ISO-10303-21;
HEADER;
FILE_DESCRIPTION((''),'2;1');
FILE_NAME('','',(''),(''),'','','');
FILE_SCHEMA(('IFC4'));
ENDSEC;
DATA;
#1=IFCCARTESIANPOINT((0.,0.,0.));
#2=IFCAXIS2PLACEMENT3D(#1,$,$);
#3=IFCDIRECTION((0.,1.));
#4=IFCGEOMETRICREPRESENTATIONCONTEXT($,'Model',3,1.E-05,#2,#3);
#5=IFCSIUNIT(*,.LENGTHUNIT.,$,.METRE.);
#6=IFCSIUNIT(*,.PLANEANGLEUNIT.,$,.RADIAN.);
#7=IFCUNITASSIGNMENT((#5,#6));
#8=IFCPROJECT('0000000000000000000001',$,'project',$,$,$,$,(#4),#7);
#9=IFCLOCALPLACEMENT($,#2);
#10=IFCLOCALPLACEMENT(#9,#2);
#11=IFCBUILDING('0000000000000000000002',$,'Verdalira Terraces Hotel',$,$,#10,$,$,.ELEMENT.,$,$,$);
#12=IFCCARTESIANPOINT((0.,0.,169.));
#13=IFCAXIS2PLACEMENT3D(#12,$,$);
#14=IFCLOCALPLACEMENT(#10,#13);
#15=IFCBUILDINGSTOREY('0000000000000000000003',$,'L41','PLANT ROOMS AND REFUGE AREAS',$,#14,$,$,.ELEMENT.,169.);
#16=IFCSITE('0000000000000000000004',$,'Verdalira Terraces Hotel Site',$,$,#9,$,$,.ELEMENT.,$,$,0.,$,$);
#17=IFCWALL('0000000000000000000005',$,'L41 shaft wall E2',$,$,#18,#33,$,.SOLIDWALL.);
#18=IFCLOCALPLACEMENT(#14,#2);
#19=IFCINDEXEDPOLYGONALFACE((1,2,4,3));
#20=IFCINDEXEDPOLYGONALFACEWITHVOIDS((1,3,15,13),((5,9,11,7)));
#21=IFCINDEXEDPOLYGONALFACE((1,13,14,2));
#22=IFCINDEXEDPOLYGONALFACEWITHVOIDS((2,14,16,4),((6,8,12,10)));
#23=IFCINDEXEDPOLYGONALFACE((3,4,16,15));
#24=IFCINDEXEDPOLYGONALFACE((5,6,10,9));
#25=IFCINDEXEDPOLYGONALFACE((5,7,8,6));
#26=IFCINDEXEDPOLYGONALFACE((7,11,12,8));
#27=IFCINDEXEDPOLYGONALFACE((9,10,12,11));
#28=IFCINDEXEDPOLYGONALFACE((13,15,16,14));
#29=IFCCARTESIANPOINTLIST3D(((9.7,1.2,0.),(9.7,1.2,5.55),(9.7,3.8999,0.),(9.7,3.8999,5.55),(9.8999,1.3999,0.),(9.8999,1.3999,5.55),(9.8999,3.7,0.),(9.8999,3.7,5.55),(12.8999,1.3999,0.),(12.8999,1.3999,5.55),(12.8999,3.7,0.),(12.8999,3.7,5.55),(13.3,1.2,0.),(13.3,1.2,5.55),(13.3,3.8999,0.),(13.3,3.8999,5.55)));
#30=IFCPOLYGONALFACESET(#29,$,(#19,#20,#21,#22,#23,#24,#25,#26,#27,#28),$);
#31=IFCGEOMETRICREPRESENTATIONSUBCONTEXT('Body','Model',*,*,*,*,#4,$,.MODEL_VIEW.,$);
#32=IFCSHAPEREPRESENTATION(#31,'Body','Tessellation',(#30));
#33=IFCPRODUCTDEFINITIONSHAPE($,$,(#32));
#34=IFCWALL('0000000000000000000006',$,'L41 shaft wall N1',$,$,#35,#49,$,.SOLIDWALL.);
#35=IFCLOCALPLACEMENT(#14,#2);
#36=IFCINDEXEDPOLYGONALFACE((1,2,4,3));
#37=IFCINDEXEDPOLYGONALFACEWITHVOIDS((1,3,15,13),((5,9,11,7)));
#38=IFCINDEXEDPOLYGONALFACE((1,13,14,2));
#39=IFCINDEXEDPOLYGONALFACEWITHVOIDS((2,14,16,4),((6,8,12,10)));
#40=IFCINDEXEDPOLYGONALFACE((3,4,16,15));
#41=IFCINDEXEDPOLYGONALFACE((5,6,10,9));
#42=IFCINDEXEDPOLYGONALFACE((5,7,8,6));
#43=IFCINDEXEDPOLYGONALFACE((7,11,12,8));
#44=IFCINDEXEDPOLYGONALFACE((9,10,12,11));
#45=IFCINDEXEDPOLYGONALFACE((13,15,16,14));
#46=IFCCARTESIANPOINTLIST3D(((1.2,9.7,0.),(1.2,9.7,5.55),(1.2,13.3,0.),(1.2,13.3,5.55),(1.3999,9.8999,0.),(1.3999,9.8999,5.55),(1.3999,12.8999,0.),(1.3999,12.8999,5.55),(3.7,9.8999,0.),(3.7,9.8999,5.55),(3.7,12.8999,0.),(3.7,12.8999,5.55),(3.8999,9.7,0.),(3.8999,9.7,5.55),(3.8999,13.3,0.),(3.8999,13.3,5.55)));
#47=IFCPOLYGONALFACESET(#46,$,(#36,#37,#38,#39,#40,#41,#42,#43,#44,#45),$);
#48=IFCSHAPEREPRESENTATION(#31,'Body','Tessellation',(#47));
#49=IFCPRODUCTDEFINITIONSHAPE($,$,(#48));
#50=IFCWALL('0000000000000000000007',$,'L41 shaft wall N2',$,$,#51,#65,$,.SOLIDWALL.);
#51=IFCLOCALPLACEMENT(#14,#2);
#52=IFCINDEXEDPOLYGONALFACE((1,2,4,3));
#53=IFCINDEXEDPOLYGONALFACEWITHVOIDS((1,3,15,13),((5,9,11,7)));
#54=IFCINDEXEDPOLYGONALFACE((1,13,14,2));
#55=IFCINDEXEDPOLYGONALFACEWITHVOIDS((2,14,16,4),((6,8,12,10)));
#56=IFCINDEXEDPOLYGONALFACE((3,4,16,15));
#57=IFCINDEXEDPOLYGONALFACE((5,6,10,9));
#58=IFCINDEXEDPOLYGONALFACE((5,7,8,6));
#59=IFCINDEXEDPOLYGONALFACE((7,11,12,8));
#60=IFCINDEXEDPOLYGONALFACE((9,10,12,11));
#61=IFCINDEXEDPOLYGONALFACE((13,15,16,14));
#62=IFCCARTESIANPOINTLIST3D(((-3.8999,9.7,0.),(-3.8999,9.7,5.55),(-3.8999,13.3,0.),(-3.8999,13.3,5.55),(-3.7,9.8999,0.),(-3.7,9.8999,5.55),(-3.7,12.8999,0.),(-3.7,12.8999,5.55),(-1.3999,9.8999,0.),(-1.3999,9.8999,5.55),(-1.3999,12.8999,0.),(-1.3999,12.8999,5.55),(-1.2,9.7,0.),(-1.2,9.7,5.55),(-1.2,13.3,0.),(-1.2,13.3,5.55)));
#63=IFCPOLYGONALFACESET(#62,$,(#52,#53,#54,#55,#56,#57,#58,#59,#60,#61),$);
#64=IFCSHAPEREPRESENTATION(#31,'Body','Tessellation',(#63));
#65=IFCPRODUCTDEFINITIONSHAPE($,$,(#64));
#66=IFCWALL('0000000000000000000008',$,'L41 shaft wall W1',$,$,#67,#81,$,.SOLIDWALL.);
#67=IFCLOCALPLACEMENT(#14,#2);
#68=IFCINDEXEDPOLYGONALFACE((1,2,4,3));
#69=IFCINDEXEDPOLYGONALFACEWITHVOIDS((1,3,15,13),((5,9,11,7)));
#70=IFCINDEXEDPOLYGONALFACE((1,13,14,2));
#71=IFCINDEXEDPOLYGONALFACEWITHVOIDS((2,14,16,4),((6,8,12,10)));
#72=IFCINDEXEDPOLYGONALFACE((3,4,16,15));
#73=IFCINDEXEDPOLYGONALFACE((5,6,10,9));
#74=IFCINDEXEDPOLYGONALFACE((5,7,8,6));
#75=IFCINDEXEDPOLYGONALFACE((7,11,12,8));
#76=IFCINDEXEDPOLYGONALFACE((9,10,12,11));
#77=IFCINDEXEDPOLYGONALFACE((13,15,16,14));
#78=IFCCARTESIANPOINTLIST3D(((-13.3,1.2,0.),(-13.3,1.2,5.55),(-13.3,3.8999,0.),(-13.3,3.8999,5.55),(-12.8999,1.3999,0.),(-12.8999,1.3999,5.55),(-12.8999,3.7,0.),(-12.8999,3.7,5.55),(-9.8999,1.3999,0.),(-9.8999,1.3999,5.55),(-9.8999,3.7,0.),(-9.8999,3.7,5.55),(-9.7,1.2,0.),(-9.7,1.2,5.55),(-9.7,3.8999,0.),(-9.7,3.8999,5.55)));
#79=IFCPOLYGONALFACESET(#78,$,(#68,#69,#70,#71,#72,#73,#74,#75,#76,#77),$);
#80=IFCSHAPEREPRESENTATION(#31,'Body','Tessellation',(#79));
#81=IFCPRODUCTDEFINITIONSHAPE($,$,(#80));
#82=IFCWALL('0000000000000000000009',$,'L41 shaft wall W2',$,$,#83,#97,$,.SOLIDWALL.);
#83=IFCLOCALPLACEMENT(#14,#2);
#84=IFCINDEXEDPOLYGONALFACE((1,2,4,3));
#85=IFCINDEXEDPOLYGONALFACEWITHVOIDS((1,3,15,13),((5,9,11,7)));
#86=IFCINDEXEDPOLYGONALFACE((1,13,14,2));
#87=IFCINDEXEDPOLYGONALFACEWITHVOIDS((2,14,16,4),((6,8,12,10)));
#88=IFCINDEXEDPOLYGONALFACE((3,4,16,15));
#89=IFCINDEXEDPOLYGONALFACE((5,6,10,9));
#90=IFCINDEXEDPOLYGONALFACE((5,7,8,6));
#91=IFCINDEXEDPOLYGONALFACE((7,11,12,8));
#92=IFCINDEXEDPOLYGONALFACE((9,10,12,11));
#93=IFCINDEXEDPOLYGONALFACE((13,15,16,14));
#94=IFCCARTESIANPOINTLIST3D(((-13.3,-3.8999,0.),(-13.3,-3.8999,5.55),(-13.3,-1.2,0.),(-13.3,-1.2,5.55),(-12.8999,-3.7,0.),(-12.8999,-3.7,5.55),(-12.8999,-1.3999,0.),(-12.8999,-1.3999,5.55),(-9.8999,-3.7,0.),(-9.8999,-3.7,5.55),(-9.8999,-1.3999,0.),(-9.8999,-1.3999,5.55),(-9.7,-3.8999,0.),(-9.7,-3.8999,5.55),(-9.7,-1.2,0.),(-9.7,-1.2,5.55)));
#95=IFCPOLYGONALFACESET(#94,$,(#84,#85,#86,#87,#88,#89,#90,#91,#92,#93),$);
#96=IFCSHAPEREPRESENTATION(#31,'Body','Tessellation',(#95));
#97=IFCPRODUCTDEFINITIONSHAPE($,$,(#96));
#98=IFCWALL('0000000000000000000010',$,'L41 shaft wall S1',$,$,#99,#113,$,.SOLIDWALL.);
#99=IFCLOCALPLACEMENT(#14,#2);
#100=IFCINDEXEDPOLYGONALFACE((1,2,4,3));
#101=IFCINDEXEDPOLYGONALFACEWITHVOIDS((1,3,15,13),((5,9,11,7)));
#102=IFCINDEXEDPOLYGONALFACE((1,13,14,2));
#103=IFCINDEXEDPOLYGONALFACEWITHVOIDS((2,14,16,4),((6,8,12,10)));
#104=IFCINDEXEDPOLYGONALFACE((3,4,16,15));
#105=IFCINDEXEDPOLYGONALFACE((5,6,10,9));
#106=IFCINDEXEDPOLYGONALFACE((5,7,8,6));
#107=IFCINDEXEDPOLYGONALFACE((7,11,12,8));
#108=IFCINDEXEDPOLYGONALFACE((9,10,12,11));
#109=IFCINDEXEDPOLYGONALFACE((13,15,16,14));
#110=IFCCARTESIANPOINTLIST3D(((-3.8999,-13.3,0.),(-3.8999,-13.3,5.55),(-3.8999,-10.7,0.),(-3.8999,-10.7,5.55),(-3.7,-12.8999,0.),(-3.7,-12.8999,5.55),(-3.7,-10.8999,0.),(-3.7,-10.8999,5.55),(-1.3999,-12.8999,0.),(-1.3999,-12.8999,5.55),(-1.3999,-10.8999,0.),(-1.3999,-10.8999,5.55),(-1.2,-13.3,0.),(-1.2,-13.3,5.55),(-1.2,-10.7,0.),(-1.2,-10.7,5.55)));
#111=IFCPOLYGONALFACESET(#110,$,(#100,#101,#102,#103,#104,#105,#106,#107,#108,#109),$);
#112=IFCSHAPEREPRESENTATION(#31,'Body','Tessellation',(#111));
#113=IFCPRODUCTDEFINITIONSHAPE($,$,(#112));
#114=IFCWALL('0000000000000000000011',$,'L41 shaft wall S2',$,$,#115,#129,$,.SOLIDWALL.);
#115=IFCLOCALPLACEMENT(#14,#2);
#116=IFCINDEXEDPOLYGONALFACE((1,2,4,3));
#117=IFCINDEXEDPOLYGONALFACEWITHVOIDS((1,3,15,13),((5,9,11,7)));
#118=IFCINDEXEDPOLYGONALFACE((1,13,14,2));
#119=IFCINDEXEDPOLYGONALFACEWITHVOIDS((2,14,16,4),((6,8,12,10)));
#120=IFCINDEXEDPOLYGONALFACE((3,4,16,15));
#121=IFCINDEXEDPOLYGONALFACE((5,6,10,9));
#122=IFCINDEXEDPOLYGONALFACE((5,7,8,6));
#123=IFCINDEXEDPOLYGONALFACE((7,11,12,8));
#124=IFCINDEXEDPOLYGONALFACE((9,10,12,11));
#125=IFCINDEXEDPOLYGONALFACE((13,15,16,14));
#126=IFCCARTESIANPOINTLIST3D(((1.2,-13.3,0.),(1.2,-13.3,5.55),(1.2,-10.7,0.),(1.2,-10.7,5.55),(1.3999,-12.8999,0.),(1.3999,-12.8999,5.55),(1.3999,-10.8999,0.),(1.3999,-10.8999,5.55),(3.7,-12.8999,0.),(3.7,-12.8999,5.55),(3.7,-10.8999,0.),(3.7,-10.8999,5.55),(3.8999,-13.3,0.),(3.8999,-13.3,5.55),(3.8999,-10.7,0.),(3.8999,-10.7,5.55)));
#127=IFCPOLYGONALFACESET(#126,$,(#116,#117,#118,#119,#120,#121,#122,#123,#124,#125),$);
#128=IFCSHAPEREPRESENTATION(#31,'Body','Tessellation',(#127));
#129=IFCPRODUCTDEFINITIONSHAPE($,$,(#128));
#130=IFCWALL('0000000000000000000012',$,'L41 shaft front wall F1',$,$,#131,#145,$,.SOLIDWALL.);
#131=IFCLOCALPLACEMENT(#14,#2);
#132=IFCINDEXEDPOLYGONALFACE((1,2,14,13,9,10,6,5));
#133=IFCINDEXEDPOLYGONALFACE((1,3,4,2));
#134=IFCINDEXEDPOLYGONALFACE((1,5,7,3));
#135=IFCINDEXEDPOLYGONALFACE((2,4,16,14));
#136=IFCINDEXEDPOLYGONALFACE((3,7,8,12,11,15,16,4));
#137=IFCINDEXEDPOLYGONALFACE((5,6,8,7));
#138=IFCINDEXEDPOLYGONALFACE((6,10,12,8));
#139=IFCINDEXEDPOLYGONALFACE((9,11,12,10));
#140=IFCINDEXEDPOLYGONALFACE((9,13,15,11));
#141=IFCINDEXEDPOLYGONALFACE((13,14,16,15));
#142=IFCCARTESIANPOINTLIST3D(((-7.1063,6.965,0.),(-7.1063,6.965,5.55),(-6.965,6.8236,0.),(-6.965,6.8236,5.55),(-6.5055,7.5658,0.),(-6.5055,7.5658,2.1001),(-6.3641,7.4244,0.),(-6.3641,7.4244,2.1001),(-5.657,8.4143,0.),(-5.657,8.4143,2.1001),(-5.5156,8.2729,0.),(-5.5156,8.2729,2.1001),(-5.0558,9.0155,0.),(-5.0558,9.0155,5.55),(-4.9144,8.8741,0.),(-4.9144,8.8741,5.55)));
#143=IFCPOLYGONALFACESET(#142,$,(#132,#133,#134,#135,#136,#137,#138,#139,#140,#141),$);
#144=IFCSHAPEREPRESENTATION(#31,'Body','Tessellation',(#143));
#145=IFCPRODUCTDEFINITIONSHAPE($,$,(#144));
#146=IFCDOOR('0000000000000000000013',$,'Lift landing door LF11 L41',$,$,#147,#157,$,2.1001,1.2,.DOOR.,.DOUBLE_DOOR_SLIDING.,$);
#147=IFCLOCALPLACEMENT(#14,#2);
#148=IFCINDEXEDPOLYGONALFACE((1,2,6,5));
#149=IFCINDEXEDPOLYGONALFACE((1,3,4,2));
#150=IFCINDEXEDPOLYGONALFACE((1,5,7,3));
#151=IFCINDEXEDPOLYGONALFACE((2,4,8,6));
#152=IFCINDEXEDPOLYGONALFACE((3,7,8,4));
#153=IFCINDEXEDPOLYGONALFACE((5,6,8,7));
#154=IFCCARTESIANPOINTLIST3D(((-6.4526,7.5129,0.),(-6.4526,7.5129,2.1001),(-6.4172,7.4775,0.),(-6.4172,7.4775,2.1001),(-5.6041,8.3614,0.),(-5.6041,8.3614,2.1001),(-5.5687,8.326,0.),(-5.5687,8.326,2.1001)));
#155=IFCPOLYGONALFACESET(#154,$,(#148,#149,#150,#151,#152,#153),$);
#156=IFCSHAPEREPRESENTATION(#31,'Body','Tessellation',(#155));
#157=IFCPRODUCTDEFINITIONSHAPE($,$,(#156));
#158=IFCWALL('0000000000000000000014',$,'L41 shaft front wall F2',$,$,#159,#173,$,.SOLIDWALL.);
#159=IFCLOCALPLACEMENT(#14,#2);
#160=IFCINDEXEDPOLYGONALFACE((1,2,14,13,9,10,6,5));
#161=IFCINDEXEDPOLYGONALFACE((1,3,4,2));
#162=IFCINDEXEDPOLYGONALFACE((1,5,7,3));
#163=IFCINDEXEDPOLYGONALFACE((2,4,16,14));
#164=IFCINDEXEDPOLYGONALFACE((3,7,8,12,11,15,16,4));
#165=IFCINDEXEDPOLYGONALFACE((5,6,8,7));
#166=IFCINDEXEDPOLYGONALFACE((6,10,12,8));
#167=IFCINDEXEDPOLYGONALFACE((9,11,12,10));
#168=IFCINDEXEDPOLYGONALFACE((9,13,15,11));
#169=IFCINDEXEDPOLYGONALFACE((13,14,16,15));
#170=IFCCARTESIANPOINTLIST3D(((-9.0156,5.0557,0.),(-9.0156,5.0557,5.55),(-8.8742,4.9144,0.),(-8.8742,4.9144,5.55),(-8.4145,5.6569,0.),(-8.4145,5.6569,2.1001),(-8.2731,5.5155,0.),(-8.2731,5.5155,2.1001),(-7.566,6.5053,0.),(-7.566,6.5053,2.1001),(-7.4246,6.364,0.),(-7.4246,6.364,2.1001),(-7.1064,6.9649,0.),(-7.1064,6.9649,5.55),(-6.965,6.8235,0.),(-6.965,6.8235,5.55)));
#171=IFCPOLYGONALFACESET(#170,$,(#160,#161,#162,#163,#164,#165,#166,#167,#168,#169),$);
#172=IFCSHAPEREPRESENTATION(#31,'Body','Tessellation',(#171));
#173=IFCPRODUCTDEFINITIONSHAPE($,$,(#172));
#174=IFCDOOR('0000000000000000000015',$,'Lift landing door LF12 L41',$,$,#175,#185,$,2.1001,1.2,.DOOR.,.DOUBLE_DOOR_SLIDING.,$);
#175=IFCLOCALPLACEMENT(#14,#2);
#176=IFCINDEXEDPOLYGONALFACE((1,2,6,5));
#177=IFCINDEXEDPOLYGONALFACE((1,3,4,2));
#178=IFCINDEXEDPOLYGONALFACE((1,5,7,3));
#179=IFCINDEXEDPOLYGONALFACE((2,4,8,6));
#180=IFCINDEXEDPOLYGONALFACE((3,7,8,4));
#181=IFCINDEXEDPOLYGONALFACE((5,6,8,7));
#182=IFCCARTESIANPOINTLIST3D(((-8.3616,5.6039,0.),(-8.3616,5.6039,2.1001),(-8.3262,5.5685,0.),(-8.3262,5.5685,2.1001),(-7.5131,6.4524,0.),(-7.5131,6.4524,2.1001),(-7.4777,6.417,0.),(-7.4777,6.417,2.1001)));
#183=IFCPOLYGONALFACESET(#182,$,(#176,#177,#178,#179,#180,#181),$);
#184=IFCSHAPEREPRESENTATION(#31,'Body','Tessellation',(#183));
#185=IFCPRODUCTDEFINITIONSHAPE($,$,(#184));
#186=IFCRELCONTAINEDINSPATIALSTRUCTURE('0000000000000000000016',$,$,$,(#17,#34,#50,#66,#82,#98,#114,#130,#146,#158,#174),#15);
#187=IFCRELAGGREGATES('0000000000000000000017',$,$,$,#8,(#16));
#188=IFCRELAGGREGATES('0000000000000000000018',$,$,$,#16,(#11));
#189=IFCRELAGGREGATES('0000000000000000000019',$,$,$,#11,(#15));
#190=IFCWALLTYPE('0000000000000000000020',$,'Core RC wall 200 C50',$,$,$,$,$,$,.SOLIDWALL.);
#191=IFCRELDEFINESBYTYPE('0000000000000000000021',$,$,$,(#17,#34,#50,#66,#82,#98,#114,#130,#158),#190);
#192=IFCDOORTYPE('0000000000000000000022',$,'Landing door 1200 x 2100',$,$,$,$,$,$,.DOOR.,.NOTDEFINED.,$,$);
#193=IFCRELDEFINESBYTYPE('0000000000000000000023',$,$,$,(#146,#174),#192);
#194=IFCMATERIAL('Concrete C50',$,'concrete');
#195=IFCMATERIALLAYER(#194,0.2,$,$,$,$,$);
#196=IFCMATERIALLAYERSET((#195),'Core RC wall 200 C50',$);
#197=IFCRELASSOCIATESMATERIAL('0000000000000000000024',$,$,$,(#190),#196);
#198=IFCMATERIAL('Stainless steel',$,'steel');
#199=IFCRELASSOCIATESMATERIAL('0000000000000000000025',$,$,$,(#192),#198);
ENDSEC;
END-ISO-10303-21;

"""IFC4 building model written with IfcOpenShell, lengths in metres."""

from ifc_helpers import new_model, si_unit, direction, frame, frame_2d, origin, place, context, subcontext, project, spatial, polyline, rectangle, outline, extrude, material, layer, layer_set, type_object, element, fill, save


model = new_model("IFC4")

# Units and contexts
model_context = context("Model", 3, precision=1e-05, world=origin(), true_north=direction((0.0, 1.0)))
body_context = subcontext(model_context, "Body", "Model", "MODEL_VIEW")
ifc_project = project(units=[si_unit("LENGTHUNIT", "METRE"), si_unit("PLANEANGLEUNIT", "RADIAN")], contexts=[model_context])

# Site, building, storey
site_placement = place(None, origin())
site = spatial("IfcSite", under=ifc_project, at=site_placement, Name="Verdalira Terraces Hotel Site", CompositionType="ELEMENT", RefElevation=0.0)
building_placement = place(site_placement, origin())
building = spatial("IfcBuilding", under=site, at=building_placement, Name="Verdalira Terraces Hotel", CompositionType="ELEMENT")
storey_placement = place(building_placement, frame((0.0, 0.0, 169.0)))
storey = spatial("IfcBuildingStorey", under=building, at=storey_placement, Name="L41", Description="PLANT ROOMS AND REFUGE AREAS", CompositionType="ELEMENT", Elevation=169.0)

# Walls
ifc_material_1 = material(Name="Concrete C50", Category="concrete")
ifc_layer_1 = layer(ifc_material_1, 0.2)
ifc_layer_set_1 = layer_set([ifc_layer_1], Name="Core RC wall 200 C50")
wall_type_1 = type_object("IfcWallType", Name="Core RC wall 200 C50", PredefinedType="SOLIDWALL", material=ifc_layer_set_1)
wall_1_placement = place(storey_placement, origin())
element("IfcWall", 1, at=wall_1_placement, inside=storey, type_object=wall_type_1, Name="L41 shaft wall E2", PredefinedType="SOLIDWALL", context=body_context, shape_type="SweptSolid", body=[
    extrude(outline(polyline([(9.7, 3.8999), (13.3, 3.8999), (13.3, 1.2), (9.7, 1.2), (9.7, 3.8999)]), holes=[polyline([(12.8999, 1.3999), (12.8999, 3.7), (9.8999, 3.7), (9.8999, 1.3999), (12.8999, 1.3999)])]), origin(), (0.0, 0.0, 1.0), 5.55),
])
wall_2_placement = place(storey_placement, origin())
element("IfcWall", 2, at=wall_2_placement, inside=storey, type_object=wall_type_1, Name="L41 shaft wall N1", PredefinedType="SOLIDWALL", context=body_context, shape_type="SweptSolid", body=[
    extrude(outline(polyline([(1.2, 13.3), (3.8999, 13.3), (3.8999, 9.7), (1.2, 9.7), (1.2, 13.3)]), holes=[polyline([(3.7, 9.8999), (3.7, 12.8999), (1.3999, 12.8999), (1.3999, 9.8999), (3.7, 9.8999)])]), origin(), (0.0, 0.0, 1.0), 5.55),
])
wall_3_placement = place(storey_placement, origin())
element("IfcWall", 3, at=wall_3_placement, inside=storey, type_object=wall_type_1, Name="L41 shaft wall N2", PredefinedType="SOLIDWALL", context=body_context, shape_type="SweptSolid", body=[
    extrude(outline(polyline([(-3.8999, 9.7), (-3.8999, 13.3), (-1.2, 13.3), (-1.2, 9.7), (-3.8999, 9.7)]), holes=[polyline([(-1.3999, 12.8999), (-3.7, 12.8999), (-3.7, 9.8999), (-1.3999, 9.8999), (-1.3999, 12.8999)])]), origin(), (0.0, 0.0, 1.0), 5.55),
])
wall_4_placement = place(storey_placement, origin())
element("IfcWall", 4, at=wall_4_placement, inside=storey, type_object=wall_type_1, Name="L41 shaft wall W1", PredefinedType="SOLIDWALL", context=body_context, shape_type="SweptSolid", body=[
    extrude(outline(polyline([(-13.3, 1.2), (-13.3, 3.8999), (-9.7, 3.8999), (-9.7, 1.2), (-13.3, 1.2)]), holes=[polyline([(-9.8999, 3.7), (-12.8999, 3.7), (-12.8999, 1.3999), (-9.8999, 1.3999), (-9.8999, 3.7)])]), origin(), (0.0, 0.0, 1.0), 5.55),
])
wall_5_placement = place(storey_placement, origin())
element("IfcWall", 5, at=wall_5_placement, inside=storey, type_object=wall_type_1, Name="L41 shaft wall W2", PredefinedType="SOLIDWALL", context=body_context, shape_type="SweptSolid", body=[
    extrude(outline(polyline([(-9.7, -3.8999), (-13.3, -3.8999), (-13.3, -1.2), (-9.7, -1.2), (-9.7, -3.8999)]), holes=[polyline([(-12.8999, -1.3999), (-12.8999, -3.7), (-9.8999, -3.7), (-9.8999, -1.3999), (-12.8999, -1.3999)])]), origin(), (0.0, 0.0, 1.0), 5.55),
])
wall_6_placement = place(storey_placement, origin())
element("IfcWall", 6, at=wall_6_placement, inside=storey, type_object=wall_type_1, Name="L41 shaft wall S1", PredefinedType="SOLIDWALL", context=body_context, shape_type="SweptSolid", body=[
    extrude(outline(polyline([(-1.2, -13.3), (-3.8999, -13.3), (-3.8999, -10.7), (-1.2, -10.7), (-1.2, -13.3)]), holes=[polyline([(-3.7, -10.8999), (-3.7, -12.8999), (-1.3999, -12.8999), (-1.3999, -10.8999), (-3.7, -10.8999)])]), origin(), (0.0, 0.0, 1.0), 5.55),
])
wall_7_placement = place(storey_placement, origin())
element("IfcWall", 7, at=wall_7_placement, inside=storey, type_object=wall_type_1, Name="L41 shaft wall S2", PredefinedType="SOLIDWALL", context=body_context, shape_type="SweptSolid", body=[
    extrude(outline(polyline([(3.8999, -10.7), (3.8999, -13.3), (1.2, -13.3), (1.2, -10.7), (3.8999, -10.7)]), holes=[polyline([(1.3999, -12.8999), (3.7, -12.8999), (3.7, -10.8999), (1.3999, -10.8999), (1.3999, -12.8999)])]), origin(), (0.0, 0.0, 1.0), 5.55),
])

# Walls, openings, doors
wall_8_placement = place(storey_placement, frame((-4.9851, 8.9448, 0.0), z_axis=(0.0, 0.0, 1.0), x_axis=(-0.707107, -0.707107, 0.0)))
wall_8 = element("IfcWall", 8, at=wall_8_placement, inside=storey, type_object=wall_type_1, Name="L41 shaft front wall F1", PredefinedType="SOLIDWALL", context=body_context, shape_type="SweptSolid", body=[
    extrude(rectangle(XDim=2.8999, YDim=0.2, at=frame_2d((1.45, 0.0))), origin(), (0.0, 0.0, 1.0), 5.55),
])
opening_1_placement = place(wall_8_placement, frame((0.8501, 0.0, 0.0)))
opening_1 = element("IfcOpeningElement", 9, at=opening_1_placement, cuts=wall_8, PredefinedType="OPENING", context=body_context, shape_type="SweptSolid", body=[
    extrude(rectangle(XDim=1.2, YDim=2.1001, at=frame_2d((0.6001, 1.05))), frame((0.0, 0.1099, 0.0), z_axis=(0.0, -1.0, 0.0), x_axis=(1.0, 0.0, 0.0)), (0.0, 0.0, 1.0), 0.22),
])
ifc_material_2 = material(Name="Stainless steel", Category="steel")
door_type_1 = type_object("IfcDoorType", Name="Landing door 1200 x 2100", OperationType="NOTDEFINED", PredefinedType="DOOR", material=ifc_material_2)
door_1_placement = place(opening_1_placement, origin())
door_1 = element("IfcDoor", 10, at=door_1_placement, inside=storey, type_object=door_type_1, Name="Lift landing door LF11 L41", OperationType="DOUBLE_DOOR_SLIDING", OverallHeight=2.1001, OverallWidth=1.2, PredefinedType="DOOR", context=body_context, shape_type="SweptSolid", body=[
    extrude(rectangle(XDim=1.2, YDim=2.1001, at=frame_2d((0.6001, 1.05))), frame((0.0, 0.0249, 0.0), z_axis=(0.0, -1.0, 0.0), x_axis=(1.0, 0.0, 0.0)), (0.0, 0.0, 1.0), 0.05),
])
fill(opening_1, door_1)
wall_9_placement = place(storey_placement, frame((-7.0356, 6.8943, 0.0), z_axis=(0.0, 0.0, 1.0), x_axis=(-0.707107, -0.707107, 0.0)))
wall_9 = element("IfcWall", 11, at=wall_9_placement, inside=storey, type_object=wall_type_1, Name="L41 shaft front wall F2", PredefinedType="SOLIDWALL", context=body_context, shape_type="SweptSolid", body=[
    extrude(rectangle(XDim=2.7, YDim=0.2, at=frame_2d((1.3501, 0.0))), origin(), (0.0, 0.0, 1.0), 5.55),
])
opening_2_placement = place(wall_9_placement, frame((0.6499, 0.0, 0.0)))
opening_2 = element("IfcOpeningElement", 12, at=opening_2_placement, cuts=wall_9, PredefinedType="OPENING", context=body_context, shape_type="SweptSolid", body=[
    extrude(rectangle(XDim=1.2, YDim=2.1001, at=frame_2d((0.6001, 1.05))), frame((0.0, 0.1099, 0.0), z_axis=(0.0, -1.0, 0.0), x_axis=(1.0, 0.0, 0.0)), (0.0, 0.0, 1.0), 0.22),
])
door_2_placement = place(opening_2_placement, origin())
door_2 = element("IfcDoor", 13, at=door_2_placement, inside=storey, type_object=door_type_1, Name="Lift landing door LF12 L41", OperationType="DOUBLE_DOOR_SLIDING", OverallHeight=2.1001, OverallWidth=1.2, PredefinedType="DOOR", context=body_context, shape_type="SweptSolid", body=[
    extrude(rectangle(XDim=1.2, YDim=2.1001, at=frame_2d((0.6001, 1.05))), frame((0.0, 0.0249, 0.0), z_axis=(0.0, -1.0, 0.0), x_axis=(1.0, 0.0, 0.0)), (0.0, 0.0, 1.0), 0.05),
])
fill(opening_2, door_2)

save(model, "model.ifc")
